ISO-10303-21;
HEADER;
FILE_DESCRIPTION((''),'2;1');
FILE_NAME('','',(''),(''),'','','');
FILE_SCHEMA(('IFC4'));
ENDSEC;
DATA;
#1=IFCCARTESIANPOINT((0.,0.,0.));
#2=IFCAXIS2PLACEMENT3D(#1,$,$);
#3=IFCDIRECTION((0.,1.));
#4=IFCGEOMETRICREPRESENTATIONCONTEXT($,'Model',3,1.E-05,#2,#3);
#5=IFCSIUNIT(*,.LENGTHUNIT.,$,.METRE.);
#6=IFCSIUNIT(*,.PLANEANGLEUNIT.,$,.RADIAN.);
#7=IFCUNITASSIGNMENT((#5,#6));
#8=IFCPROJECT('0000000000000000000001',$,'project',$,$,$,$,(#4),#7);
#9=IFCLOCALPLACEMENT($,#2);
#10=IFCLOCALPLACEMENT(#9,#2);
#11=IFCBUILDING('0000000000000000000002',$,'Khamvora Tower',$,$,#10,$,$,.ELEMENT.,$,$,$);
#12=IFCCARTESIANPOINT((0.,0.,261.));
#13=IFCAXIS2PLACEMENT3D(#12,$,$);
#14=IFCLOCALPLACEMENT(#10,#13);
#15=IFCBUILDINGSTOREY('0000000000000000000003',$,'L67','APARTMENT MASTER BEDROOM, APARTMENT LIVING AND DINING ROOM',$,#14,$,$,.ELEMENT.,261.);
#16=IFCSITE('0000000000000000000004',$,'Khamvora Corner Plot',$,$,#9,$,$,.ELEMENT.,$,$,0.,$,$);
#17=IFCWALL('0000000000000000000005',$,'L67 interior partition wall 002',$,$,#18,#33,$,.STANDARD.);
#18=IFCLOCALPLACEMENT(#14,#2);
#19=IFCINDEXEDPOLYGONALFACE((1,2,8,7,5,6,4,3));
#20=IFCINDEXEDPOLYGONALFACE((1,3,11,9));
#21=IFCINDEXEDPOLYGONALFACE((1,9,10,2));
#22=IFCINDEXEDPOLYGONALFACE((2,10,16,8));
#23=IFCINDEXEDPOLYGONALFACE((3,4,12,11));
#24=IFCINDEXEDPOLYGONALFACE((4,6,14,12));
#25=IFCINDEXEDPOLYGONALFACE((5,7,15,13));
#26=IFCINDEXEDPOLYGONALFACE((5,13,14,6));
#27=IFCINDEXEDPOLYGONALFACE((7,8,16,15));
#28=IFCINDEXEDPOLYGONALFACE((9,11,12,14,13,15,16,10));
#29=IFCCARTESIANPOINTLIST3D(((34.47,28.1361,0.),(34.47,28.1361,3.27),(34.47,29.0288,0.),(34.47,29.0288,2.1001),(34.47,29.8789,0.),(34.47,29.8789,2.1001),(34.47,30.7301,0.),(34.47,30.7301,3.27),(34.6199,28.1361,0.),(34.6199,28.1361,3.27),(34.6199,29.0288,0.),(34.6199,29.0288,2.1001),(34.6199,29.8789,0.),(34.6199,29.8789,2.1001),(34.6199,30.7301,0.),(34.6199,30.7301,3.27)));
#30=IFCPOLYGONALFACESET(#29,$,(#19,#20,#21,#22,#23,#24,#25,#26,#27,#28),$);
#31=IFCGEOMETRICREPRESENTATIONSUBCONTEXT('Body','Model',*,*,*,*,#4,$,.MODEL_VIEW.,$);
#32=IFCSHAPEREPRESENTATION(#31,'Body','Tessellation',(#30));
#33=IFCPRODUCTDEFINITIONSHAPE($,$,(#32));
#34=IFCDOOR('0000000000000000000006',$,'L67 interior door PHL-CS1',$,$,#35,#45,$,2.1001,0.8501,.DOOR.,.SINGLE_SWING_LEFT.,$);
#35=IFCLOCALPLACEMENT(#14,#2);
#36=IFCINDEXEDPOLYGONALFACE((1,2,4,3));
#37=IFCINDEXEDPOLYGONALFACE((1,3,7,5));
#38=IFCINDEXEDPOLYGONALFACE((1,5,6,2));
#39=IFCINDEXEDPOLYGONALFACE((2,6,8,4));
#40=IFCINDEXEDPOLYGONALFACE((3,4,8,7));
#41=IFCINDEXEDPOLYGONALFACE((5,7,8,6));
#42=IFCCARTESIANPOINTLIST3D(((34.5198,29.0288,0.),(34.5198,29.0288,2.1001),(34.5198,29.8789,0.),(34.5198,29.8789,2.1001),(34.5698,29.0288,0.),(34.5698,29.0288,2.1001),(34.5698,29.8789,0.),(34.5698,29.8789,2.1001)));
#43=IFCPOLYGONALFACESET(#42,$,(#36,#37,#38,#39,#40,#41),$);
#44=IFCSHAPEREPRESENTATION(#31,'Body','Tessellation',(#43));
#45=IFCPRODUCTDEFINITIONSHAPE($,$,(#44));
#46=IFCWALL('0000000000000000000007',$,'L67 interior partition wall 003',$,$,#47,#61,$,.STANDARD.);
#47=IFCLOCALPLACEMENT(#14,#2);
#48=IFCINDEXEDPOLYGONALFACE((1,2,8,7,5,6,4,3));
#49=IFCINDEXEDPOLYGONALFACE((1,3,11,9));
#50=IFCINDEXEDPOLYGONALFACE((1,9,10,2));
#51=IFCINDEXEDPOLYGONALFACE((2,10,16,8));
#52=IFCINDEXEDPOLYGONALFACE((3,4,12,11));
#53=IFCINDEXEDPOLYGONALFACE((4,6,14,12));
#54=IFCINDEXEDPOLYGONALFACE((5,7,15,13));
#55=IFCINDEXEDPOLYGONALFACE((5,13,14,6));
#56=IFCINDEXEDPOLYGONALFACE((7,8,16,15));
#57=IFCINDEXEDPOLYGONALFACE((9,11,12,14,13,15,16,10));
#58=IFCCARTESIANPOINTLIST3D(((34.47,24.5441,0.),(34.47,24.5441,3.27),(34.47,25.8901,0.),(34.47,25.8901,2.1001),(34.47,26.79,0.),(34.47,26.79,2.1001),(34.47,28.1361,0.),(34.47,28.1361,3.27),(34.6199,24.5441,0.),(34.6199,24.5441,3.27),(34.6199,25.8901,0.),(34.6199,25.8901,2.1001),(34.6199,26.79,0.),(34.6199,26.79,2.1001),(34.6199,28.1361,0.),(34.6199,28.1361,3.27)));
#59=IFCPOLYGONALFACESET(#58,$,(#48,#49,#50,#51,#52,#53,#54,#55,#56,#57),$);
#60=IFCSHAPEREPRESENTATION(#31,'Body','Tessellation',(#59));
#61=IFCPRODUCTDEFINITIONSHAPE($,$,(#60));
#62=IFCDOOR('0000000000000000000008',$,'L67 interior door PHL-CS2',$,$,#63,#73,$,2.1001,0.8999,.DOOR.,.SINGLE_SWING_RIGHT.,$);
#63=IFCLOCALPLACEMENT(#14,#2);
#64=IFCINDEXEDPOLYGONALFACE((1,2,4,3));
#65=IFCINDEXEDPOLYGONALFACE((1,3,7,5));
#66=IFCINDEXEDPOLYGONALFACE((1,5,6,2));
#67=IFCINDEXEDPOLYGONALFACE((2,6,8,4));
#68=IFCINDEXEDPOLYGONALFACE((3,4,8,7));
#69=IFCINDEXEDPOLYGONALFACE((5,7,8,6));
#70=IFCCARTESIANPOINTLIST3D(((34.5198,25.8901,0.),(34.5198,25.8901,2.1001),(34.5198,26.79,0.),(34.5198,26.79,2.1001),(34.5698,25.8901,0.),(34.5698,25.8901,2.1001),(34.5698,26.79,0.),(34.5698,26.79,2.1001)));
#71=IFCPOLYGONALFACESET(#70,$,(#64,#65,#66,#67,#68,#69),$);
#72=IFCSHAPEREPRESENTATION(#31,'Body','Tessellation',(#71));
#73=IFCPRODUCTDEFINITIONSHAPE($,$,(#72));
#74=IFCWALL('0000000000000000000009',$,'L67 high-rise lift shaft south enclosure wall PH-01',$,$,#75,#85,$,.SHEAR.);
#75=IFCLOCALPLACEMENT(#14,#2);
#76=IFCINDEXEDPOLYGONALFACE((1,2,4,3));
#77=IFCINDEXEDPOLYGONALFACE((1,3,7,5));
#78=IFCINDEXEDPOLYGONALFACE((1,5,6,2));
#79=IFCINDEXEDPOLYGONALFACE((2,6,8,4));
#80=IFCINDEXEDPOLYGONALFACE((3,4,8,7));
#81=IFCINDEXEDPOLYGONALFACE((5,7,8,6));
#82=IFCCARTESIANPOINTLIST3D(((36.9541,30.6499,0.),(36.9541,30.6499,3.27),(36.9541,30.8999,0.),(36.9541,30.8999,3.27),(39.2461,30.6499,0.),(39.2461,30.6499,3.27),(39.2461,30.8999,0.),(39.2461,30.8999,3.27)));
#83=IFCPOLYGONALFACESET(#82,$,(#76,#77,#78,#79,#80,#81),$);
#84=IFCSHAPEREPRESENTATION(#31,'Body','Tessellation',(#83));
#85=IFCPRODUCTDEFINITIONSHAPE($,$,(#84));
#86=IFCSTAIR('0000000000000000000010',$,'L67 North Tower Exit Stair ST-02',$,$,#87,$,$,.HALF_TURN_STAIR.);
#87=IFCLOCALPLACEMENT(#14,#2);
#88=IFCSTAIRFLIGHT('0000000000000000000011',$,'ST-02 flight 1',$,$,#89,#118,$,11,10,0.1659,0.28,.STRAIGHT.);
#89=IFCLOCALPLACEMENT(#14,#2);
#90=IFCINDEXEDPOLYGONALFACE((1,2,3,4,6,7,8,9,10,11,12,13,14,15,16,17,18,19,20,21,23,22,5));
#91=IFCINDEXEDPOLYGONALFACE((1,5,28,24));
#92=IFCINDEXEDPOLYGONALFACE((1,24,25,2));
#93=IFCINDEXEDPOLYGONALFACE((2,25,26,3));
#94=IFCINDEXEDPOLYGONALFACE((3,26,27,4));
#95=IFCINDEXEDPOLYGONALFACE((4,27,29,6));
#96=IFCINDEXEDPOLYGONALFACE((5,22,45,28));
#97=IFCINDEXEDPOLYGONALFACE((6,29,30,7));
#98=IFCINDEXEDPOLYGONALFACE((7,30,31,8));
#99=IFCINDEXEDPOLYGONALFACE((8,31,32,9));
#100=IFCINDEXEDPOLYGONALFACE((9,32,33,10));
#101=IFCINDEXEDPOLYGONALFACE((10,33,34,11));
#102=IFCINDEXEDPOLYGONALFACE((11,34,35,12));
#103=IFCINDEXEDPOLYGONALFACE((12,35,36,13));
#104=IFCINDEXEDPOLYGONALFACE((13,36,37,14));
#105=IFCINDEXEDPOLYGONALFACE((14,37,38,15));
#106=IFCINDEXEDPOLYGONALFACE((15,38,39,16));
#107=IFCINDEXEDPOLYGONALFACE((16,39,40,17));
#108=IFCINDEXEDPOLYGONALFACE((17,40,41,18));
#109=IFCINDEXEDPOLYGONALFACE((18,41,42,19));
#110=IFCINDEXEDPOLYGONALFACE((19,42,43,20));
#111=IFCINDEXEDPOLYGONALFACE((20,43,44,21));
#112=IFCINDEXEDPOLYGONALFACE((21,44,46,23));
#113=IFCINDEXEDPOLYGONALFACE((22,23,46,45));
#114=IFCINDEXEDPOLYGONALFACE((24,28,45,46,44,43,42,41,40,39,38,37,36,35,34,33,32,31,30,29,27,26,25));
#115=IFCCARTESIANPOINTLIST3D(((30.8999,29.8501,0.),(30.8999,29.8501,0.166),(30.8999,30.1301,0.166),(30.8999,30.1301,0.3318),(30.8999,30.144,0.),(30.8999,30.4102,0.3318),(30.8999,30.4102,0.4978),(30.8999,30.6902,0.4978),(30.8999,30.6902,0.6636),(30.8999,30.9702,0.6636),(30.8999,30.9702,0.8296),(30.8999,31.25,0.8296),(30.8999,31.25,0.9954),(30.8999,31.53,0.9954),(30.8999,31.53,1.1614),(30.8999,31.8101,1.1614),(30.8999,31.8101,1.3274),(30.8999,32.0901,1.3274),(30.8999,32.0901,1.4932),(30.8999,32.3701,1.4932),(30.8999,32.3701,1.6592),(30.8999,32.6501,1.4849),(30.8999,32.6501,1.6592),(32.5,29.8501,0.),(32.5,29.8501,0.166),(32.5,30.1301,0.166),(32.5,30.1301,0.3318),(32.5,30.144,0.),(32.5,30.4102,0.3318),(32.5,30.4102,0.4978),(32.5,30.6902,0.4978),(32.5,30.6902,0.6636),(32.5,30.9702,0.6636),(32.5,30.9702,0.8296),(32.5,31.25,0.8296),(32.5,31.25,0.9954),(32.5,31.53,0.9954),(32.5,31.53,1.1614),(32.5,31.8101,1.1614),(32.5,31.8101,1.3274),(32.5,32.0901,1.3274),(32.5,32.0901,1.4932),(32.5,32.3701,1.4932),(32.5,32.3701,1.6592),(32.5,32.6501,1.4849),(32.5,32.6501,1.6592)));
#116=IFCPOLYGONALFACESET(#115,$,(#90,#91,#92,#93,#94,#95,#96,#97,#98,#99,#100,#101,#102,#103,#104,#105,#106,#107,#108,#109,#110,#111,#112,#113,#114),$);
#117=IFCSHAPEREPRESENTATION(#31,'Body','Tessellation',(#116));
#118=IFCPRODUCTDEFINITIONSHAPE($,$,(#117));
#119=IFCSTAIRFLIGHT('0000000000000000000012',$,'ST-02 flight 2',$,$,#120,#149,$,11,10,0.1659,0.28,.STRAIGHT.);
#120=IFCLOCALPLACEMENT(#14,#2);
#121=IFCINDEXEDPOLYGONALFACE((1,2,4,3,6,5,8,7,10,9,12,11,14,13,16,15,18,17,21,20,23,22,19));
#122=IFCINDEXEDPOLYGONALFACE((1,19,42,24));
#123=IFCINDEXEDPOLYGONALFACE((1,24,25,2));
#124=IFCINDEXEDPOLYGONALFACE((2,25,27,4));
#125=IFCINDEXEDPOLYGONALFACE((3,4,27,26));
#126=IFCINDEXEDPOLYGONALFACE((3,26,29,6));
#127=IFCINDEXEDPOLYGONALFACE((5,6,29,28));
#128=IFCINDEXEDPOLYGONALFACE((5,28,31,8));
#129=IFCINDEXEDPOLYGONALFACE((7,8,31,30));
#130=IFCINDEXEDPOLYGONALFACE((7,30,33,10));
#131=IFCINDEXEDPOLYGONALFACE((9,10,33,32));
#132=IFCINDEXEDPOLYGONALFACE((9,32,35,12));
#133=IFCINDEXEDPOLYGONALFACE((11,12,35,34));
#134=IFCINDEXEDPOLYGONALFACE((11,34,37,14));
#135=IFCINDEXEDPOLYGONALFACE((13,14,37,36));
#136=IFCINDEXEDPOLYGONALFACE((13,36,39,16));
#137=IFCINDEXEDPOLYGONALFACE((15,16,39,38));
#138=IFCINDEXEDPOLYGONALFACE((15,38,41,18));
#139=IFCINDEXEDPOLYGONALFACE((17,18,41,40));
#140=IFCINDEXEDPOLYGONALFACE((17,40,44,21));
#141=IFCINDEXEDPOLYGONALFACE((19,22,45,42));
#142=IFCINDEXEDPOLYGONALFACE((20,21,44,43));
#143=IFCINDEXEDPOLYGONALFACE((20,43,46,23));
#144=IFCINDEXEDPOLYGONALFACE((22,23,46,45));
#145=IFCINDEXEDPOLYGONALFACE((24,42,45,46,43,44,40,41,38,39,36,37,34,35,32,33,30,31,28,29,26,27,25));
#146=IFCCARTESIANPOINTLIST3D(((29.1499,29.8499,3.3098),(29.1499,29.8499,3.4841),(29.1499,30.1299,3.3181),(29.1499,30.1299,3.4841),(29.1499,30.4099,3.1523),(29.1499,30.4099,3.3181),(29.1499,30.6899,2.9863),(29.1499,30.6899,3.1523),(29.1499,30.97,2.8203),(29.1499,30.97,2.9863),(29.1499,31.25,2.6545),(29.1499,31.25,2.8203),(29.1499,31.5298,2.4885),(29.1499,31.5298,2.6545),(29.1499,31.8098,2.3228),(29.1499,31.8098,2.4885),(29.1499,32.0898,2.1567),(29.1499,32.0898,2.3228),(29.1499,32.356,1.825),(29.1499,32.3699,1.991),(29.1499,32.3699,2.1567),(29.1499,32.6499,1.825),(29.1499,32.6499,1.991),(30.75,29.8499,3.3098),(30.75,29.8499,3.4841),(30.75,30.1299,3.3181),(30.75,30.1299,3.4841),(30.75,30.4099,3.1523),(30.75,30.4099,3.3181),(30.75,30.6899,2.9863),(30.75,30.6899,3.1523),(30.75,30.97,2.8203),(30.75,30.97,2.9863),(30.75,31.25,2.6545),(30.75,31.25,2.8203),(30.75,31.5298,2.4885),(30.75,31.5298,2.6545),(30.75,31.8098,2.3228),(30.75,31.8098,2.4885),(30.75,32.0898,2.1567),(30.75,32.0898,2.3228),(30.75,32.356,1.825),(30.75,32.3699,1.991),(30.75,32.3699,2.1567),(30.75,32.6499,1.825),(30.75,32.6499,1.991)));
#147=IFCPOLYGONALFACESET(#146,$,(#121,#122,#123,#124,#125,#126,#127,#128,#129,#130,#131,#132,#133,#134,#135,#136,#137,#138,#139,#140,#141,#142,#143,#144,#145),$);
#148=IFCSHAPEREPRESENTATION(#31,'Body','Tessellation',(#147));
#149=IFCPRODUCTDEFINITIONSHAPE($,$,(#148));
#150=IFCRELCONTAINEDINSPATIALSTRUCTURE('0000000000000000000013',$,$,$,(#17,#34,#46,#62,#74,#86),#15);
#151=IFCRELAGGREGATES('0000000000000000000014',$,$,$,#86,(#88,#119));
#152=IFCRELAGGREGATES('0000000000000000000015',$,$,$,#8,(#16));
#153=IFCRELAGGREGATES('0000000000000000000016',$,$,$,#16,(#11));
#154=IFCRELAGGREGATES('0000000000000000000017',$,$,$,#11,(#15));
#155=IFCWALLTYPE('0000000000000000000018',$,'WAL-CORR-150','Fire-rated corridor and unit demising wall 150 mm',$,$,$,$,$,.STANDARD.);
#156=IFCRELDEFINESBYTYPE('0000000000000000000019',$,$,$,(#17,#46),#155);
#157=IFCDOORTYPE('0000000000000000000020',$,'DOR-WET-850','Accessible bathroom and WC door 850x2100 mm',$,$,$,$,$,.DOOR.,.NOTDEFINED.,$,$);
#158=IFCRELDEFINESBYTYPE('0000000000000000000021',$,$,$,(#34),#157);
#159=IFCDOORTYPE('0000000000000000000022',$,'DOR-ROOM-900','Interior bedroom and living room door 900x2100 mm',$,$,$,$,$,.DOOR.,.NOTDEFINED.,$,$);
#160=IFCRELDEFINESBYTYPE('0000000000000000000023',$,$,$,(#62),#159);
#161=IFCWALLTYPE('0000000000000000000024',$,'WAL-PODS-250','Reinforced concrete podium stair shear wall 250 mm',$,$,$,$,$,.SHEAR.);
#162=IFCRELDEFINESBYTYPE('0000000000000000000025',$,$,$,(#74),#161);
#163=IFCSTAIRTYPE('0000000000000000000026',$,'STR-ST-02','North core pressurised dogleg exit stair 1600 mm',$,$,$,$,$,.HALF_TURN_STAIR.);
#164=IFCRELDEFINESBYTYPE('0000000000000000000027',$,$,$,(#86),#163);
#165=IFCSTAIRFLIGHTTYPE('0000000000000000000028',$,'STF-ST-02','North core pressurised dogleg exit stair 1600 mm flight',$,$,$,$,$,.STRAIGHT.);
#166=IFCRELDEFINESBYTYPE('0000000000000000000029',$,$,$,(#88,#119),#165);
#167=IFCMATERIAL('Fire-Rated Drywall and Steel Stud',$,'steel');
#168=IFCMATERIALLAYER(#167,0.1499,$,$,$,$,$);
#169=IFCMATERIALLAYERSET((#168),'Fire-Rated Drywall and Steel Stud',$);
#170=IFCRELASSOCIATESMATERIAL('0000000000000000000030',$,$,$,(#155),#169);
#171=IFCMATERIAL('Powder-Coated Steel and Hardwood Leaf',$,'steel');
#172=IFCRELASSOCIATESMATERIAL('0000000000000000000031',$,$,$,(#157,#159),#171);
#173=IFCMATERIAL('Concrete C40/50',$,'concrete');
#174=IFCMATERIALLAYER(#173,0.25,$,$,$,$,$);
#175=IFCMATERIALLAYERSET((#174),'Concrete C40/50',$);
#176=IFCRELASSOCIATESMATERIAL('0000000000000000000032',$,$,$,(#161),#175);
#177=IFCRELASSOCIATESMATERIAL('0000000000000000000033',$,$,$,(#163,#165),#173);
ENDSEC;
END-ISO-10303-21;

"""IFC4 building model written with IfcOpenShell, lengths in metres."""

from ifc_helpers import new_model, si_unit, direction, frame, frame_2d, origin, place, context, subcontext, project, spatial, polyline, rectangle, outline, extrude, material, layer, layer_set, type_object, element, fill, aggregate, save


model = new_model("IFC4")

# Units and contexts
model_context = context("Model", 3, precision=1e-05, world=origin(), true_north=direction((0.0, 1.0)))
body_context = subcontext(model_context, "Body", "Model", "MODEL_VIEW")
ifc_project = project(units=[si_unit("LENGTHUNIT", "METRE"), si_unit("PLANEANGLEUNIT", "RADIAN")], contexts=[model_context])

# Site, building, storey
site_placement = place(None, origin())
site = spatial("IfcSite", under=ifc_project, at=site_placement, Name="Khamvora Corner Plot", CompositionType="ELEMENT", RefElevation=0.0)
building_placement = place(site_placement, origin())
building = spatial("IfcBuilding", under=site, at=building_placement, Name="Khamvora Tower", CompositionType="ELEMENT")
storey_placement = place(building_placement, frame((0.0, 0.0, 261.0)))
storey = spatial("IfcBuildingStorey", under=building, at=storey_placement, Name="L67", Description="APARTMENT MASTER BEDROOM, APARTMENT LIVING AND DINING ROOM", CompositionType="ELEMENT", Elevation=261.0)

# Shared definitions
ifc_material_1 = material(Name="Powder-Coated Steel and Hardwood Leaf", Category="steel")

# Shared definitions
ifc_material_2 = material(Name="Fire-Rated Drywall and Steel Stud", Category="steel")
ifc_layer_1 = layer(ifc_material_2, 0.1499)
ifc_layer_set_1 = layer_set([ifc_layer_1], Name="Fire-Rated Drywall and Steel Stud")
wall_type_1 = type_object("IfcWallType", Name="WAL-CORR-150", Description="Fire-rated corridor and unit demising wall 150 mm", PredefinedType="STANDARD", material=ifc_layer_set_1)

# Walls, openings, doors
wall_1_placement = place(storey_placement, frame((34.5449, 30.73, 0.0), z_axis=(0.0, 0.0, 1.0), x_axis=(0.0, -1.0, 0.0)))
wall_1 = element("IfcWall", 1, at=wall_1_placement, inside=storey, type_object=wall_type_1, Name="L67 interior partition wall 002", PredefinedType="STANDARD", context=body_context, shape_type="SweptSolid", body=[
    extrude(rectangle(XDim=2.594, YDim=0.1499, at=frame_2d((1.2969, 0.0))), origin(), (0.0, 0.0, 1.0), 3.27),
])
opening_1_placement = place(wall_1_placement, frame((0.8511, 0.0, 0.0)))
opening_1 = element("IfcOpeningElement", 2, at=opening_1_placement, cuts=wall_1, PredefinedType="OPENING", context=body_context, shape_type="SweptSolid", body=[
    extrude(rectangle(XDim=0.8501, YDim=2.1001, at=frame_2d((0.425, 1.05))), frame((0.0, 0.085, 0.0), z_axis=(0.0, -1.0, 0.0), x_axis=(1.0, 0.0, 0.0)), (0.0, 0.0, 1.0), 0.1699),
])
door_type_1 = type_object("IfcDoorType", Name="DOR-WET-850", Description="Accessible bathroom and WC door 850x2100 mm", OperationType="NOTDEFINED", PredefinedType="DOOR", material=ifc_material_1)
door_1_placement = place(opening_1_placement, origin())
door_1 = element("IfcDoor", 3, at=door_1_placement, inside=storey, type_object=door_type_1, Name="L67 interior door PHL-CS1", OperationType="SINGLE_SWING_LEFT", OverallHeight=2.1001, OverallWidth=0.8501, PredefinedType="DOOR", context=body_context, shape_type="SweptSolid", body=[
    extrude(rectangle(XDim=0.8501, YDim=2.1001, at=frame_2d((0.425, 1.05))), frame((0.0, 0.0249, 0.0), z_axis=(0.0, -1.0, 0.0), x_axis=(1.0, 0.0, 0.0)), (0.0, 0.0, 1.0), 0.05),
])
fill(opening_1, door_1)
wall_2_placement = place(storey_placement, frame((34.5449, 28.136, 0.0), z_axis=(0.0, 0.0, 1.0), x_axis=(0.0, -1.0, 0.0)))
wall_2 = element("IfcWall", 4, at=wall_2_placement, inside=storey, type_object=wall_type_1, Name="L67 interior partition wall 003", PredefinedType="STANDARD", context=body_context, shape_type="SweptSolid", body=[
    extrude(rectangle(XDim=3.592, YDim=0.1499, at=frame_2d((1.7959, 0.0))), origin(), (0.0, 0.0, 1.0), 3.27),
])
opening_2_placement = place(wall_2_placement, frame((1.3459, 0.0, 0.0)))
opening_2 = element("IfcOpeningElement", 5, at=opening_2_placement, cuts=wall_2, PredefinedType="OPENING", context=body_context, shape_type="SweptSolid", body=[
    extrude(rectangle(XDim=0.8999, YDim=2.1001, at=frame_2d((0.45, 1.05))), frame((0.0, 0.085, 0.0), z_axis=(0.0, -1.0, 0.0), x_axis=(1.0, 0.0, 0.0)), (0.0, 0.0, 1.0), 0.1699),
])
door_type_2 = type_object("IfcDoorType", Name="DOR-ROOM-900", Description="Interior bedroom and living room door 900x2100 mm", OperationType="NOTDEFINED", PredefinedType="DOOR", material=ifc_material_1)
door_2_placement = place(opening_2_placement, origin())
door_2 = element("IfcDoor", 6, at=door_2_placement, inside=storey, type_object=door_type_2, Name="L67 interior door PHL-CS2", OperationType="SINGLE_SWING_RIGHT", OverallHeight=2.1001, OverallWidth=0.8999, PredefinedType="DOOR", context=body_context, shape_type="SweptSolid", body=[
    extrude(rectangle(XDim=0.8999, YDim=2.1001, at=frame_2d((0.45, 1.05))), frame((0.0, 0.0249, 0.0), z_axis=(0.0, -1.0, 0.0), x_axis=(1.0, 0.0, 0.0)), (0.0, 0.0, 1.0), 0.05),
])
fill(opening_2, door_2)

# Wall
ifc_material_3 = material(Name="Concrete C40/50", Category="concrete")
ifc_layer_2 = layer(ifc_material_3, 0.25)
ifc_layer_set_2 = layer_set([ifc_layer_2], Name="Concrete C40/50")
wall_type_2 = type_object("IfcWallType", Name="WAL-PODS-250", Description="Reinforced concrete podium stair shear wall 250 mm", PredefinedType="SHEAR", material=ifc_layer_set_2)
wall_3_placement = place(storey_placement, frame((36.9541, 30.7749, 0.0), z_axis=(0.0, 0.0, 1.0), x_axis=(1.0, 0.0, 0.0)))
element("IfcWall", 7, at=wall_3_placement, inside=storey, type_object=wall_type_2, Name="L67 high-rise lift shaft south enclosure wall PH-01", PredefinedType="SHEAR", context=body_context, shape_type="SweptSolid", body=[
    extrude(rectangle(XDim=2.292, YDim=0.25, at=frame_2d((1.146, 0.0))), origin(), (0.0, 0.0, 1.0), 3.27),
])

# Stair, stair flights
stair_type = type_object("IfcStairType", Name="STR-ST-02", Description="North core pressurised dogleg exit stair 1600 mm", PredefinedType="HALF_TURN_STAIR", material=ifc_material_3)
stair_placement = place(storey_placement, origin())
stair = element("IfcStair", 8, at=stair_placement, inside=storey, type_object=stair_type, Name="L67 North Tower Exit Stair ST-02", PredefinedType="HALF_TURN_STAIR")
stair_flight_type = type_object("IfcStairFlightType", Name="STF-ST-02", Description="North core pressurised dogleg exit stair 1600 mm flight", PredefinedType="STRAIGHT", material=ifc_material_3)
stair_flight_1_placement = place(storey_placement, frame((31.7, 29.8501, 0.0), z_axis=(0.0, 0.0, 1.0), x_axis=(0.0, 1.0, 0.0)))
stair_flight_1 = element("IfcStairFlight", 9, at=stair_flight_1_placement, type_object=stair_flight_type, Name="ST-02 flight 1", NumberOfRisers=11, NumberOfTreads=10, PredefinedType="STRAIGHT", RiserHeight=0.1659, TreadLength=0.28, context=body_context, shape_type="SweptSolid", body=[
    extrude(outline(polyline([(0.0, 0.0), (0.0, 0.166), (0.28, 0.166), (0.28, 0.3318), (0.5601, 0.3318), (0.5601, 0.4978), (0.8401, 0.4978), (0.8401, 0.6636), (1.1201, 0.6636), (1.1201, 0.8296), (1.3999, 0.8296), (1.3999, 0.9954), (1.6799, 0.9954), (1.6799, 1.1614), (1.96, 1.1614), (1.96, 1.3274), (2.24, 1.3274), (2.24, 1.4932), (2.52, 1.4932), (2.52, 1.6592), (2.8, 1.6592), (2.8, 1.825), (2.8, 1.4849), (0.2939, 0.0), (0.0, 0.0)])), frame((0.0, 0.8, 0.0), z_axis=(0.0, -1.0, 0.0), x_axis=(1.0, 0.0, 0.0)), (0.0, 0.0, 1.0), 1.6001),
])
stair_flight_2_placement = place(storey_placement, frame((29.95, 32.6499, 1.825), z_axis=(0.0, 0.0, 1.0), x_axis=(0.0, -1.0, 0.0)))
stair_flight_2 = element("IfcStairFlight", 10, at=stair_flight_2_placement, type_object=stair_flight_type, Name="ST-02 flight 2", NumberOfRisers=11, NumberOfTreads=10, PredefinedType="STRAIGHT", RiserHeight=0.1659, TreadLength=0.28, context=body_context, shape_type="SweptSolid", body=[
    extrude(outline(polyline([(0.0, 0.0), (0.0, 0.166), (0.28, 0.166), (0.28, 0.3318), (0.5601, 0.3318), (0.5601, 0.4978), (0.8401, 0.4978), (0.8401, 0.6636), (1.1201, 0.6636), (1.1201, 0.8296), (1.3999, 0.8296), (1.3999, 0.9954), (1.6799, 0.9954), (1.6799, 1.1614), (1.96, 1.1614), (1.96, 1.3274), (2.24, 1.3274), (2.24, 1.4932), (2.52, 1.4932), (2.52, 1.6592), (2.8, 1.6592), (2.8, 1.825), (2.8, 1.4849), (0.2939, 0.0), (0.0, 0.0)])), frame((0.0, 0.8, 0.0), z_axis=(0.0, -1.0, 0.0), x_axis=(1.0, 0.0, 0.0)), (0.0, 0.0, 1.0), 1.6001),
])
aggregate(stair, [stair_flight_1, stair_flight_2])

save(model, "model.ifc")
